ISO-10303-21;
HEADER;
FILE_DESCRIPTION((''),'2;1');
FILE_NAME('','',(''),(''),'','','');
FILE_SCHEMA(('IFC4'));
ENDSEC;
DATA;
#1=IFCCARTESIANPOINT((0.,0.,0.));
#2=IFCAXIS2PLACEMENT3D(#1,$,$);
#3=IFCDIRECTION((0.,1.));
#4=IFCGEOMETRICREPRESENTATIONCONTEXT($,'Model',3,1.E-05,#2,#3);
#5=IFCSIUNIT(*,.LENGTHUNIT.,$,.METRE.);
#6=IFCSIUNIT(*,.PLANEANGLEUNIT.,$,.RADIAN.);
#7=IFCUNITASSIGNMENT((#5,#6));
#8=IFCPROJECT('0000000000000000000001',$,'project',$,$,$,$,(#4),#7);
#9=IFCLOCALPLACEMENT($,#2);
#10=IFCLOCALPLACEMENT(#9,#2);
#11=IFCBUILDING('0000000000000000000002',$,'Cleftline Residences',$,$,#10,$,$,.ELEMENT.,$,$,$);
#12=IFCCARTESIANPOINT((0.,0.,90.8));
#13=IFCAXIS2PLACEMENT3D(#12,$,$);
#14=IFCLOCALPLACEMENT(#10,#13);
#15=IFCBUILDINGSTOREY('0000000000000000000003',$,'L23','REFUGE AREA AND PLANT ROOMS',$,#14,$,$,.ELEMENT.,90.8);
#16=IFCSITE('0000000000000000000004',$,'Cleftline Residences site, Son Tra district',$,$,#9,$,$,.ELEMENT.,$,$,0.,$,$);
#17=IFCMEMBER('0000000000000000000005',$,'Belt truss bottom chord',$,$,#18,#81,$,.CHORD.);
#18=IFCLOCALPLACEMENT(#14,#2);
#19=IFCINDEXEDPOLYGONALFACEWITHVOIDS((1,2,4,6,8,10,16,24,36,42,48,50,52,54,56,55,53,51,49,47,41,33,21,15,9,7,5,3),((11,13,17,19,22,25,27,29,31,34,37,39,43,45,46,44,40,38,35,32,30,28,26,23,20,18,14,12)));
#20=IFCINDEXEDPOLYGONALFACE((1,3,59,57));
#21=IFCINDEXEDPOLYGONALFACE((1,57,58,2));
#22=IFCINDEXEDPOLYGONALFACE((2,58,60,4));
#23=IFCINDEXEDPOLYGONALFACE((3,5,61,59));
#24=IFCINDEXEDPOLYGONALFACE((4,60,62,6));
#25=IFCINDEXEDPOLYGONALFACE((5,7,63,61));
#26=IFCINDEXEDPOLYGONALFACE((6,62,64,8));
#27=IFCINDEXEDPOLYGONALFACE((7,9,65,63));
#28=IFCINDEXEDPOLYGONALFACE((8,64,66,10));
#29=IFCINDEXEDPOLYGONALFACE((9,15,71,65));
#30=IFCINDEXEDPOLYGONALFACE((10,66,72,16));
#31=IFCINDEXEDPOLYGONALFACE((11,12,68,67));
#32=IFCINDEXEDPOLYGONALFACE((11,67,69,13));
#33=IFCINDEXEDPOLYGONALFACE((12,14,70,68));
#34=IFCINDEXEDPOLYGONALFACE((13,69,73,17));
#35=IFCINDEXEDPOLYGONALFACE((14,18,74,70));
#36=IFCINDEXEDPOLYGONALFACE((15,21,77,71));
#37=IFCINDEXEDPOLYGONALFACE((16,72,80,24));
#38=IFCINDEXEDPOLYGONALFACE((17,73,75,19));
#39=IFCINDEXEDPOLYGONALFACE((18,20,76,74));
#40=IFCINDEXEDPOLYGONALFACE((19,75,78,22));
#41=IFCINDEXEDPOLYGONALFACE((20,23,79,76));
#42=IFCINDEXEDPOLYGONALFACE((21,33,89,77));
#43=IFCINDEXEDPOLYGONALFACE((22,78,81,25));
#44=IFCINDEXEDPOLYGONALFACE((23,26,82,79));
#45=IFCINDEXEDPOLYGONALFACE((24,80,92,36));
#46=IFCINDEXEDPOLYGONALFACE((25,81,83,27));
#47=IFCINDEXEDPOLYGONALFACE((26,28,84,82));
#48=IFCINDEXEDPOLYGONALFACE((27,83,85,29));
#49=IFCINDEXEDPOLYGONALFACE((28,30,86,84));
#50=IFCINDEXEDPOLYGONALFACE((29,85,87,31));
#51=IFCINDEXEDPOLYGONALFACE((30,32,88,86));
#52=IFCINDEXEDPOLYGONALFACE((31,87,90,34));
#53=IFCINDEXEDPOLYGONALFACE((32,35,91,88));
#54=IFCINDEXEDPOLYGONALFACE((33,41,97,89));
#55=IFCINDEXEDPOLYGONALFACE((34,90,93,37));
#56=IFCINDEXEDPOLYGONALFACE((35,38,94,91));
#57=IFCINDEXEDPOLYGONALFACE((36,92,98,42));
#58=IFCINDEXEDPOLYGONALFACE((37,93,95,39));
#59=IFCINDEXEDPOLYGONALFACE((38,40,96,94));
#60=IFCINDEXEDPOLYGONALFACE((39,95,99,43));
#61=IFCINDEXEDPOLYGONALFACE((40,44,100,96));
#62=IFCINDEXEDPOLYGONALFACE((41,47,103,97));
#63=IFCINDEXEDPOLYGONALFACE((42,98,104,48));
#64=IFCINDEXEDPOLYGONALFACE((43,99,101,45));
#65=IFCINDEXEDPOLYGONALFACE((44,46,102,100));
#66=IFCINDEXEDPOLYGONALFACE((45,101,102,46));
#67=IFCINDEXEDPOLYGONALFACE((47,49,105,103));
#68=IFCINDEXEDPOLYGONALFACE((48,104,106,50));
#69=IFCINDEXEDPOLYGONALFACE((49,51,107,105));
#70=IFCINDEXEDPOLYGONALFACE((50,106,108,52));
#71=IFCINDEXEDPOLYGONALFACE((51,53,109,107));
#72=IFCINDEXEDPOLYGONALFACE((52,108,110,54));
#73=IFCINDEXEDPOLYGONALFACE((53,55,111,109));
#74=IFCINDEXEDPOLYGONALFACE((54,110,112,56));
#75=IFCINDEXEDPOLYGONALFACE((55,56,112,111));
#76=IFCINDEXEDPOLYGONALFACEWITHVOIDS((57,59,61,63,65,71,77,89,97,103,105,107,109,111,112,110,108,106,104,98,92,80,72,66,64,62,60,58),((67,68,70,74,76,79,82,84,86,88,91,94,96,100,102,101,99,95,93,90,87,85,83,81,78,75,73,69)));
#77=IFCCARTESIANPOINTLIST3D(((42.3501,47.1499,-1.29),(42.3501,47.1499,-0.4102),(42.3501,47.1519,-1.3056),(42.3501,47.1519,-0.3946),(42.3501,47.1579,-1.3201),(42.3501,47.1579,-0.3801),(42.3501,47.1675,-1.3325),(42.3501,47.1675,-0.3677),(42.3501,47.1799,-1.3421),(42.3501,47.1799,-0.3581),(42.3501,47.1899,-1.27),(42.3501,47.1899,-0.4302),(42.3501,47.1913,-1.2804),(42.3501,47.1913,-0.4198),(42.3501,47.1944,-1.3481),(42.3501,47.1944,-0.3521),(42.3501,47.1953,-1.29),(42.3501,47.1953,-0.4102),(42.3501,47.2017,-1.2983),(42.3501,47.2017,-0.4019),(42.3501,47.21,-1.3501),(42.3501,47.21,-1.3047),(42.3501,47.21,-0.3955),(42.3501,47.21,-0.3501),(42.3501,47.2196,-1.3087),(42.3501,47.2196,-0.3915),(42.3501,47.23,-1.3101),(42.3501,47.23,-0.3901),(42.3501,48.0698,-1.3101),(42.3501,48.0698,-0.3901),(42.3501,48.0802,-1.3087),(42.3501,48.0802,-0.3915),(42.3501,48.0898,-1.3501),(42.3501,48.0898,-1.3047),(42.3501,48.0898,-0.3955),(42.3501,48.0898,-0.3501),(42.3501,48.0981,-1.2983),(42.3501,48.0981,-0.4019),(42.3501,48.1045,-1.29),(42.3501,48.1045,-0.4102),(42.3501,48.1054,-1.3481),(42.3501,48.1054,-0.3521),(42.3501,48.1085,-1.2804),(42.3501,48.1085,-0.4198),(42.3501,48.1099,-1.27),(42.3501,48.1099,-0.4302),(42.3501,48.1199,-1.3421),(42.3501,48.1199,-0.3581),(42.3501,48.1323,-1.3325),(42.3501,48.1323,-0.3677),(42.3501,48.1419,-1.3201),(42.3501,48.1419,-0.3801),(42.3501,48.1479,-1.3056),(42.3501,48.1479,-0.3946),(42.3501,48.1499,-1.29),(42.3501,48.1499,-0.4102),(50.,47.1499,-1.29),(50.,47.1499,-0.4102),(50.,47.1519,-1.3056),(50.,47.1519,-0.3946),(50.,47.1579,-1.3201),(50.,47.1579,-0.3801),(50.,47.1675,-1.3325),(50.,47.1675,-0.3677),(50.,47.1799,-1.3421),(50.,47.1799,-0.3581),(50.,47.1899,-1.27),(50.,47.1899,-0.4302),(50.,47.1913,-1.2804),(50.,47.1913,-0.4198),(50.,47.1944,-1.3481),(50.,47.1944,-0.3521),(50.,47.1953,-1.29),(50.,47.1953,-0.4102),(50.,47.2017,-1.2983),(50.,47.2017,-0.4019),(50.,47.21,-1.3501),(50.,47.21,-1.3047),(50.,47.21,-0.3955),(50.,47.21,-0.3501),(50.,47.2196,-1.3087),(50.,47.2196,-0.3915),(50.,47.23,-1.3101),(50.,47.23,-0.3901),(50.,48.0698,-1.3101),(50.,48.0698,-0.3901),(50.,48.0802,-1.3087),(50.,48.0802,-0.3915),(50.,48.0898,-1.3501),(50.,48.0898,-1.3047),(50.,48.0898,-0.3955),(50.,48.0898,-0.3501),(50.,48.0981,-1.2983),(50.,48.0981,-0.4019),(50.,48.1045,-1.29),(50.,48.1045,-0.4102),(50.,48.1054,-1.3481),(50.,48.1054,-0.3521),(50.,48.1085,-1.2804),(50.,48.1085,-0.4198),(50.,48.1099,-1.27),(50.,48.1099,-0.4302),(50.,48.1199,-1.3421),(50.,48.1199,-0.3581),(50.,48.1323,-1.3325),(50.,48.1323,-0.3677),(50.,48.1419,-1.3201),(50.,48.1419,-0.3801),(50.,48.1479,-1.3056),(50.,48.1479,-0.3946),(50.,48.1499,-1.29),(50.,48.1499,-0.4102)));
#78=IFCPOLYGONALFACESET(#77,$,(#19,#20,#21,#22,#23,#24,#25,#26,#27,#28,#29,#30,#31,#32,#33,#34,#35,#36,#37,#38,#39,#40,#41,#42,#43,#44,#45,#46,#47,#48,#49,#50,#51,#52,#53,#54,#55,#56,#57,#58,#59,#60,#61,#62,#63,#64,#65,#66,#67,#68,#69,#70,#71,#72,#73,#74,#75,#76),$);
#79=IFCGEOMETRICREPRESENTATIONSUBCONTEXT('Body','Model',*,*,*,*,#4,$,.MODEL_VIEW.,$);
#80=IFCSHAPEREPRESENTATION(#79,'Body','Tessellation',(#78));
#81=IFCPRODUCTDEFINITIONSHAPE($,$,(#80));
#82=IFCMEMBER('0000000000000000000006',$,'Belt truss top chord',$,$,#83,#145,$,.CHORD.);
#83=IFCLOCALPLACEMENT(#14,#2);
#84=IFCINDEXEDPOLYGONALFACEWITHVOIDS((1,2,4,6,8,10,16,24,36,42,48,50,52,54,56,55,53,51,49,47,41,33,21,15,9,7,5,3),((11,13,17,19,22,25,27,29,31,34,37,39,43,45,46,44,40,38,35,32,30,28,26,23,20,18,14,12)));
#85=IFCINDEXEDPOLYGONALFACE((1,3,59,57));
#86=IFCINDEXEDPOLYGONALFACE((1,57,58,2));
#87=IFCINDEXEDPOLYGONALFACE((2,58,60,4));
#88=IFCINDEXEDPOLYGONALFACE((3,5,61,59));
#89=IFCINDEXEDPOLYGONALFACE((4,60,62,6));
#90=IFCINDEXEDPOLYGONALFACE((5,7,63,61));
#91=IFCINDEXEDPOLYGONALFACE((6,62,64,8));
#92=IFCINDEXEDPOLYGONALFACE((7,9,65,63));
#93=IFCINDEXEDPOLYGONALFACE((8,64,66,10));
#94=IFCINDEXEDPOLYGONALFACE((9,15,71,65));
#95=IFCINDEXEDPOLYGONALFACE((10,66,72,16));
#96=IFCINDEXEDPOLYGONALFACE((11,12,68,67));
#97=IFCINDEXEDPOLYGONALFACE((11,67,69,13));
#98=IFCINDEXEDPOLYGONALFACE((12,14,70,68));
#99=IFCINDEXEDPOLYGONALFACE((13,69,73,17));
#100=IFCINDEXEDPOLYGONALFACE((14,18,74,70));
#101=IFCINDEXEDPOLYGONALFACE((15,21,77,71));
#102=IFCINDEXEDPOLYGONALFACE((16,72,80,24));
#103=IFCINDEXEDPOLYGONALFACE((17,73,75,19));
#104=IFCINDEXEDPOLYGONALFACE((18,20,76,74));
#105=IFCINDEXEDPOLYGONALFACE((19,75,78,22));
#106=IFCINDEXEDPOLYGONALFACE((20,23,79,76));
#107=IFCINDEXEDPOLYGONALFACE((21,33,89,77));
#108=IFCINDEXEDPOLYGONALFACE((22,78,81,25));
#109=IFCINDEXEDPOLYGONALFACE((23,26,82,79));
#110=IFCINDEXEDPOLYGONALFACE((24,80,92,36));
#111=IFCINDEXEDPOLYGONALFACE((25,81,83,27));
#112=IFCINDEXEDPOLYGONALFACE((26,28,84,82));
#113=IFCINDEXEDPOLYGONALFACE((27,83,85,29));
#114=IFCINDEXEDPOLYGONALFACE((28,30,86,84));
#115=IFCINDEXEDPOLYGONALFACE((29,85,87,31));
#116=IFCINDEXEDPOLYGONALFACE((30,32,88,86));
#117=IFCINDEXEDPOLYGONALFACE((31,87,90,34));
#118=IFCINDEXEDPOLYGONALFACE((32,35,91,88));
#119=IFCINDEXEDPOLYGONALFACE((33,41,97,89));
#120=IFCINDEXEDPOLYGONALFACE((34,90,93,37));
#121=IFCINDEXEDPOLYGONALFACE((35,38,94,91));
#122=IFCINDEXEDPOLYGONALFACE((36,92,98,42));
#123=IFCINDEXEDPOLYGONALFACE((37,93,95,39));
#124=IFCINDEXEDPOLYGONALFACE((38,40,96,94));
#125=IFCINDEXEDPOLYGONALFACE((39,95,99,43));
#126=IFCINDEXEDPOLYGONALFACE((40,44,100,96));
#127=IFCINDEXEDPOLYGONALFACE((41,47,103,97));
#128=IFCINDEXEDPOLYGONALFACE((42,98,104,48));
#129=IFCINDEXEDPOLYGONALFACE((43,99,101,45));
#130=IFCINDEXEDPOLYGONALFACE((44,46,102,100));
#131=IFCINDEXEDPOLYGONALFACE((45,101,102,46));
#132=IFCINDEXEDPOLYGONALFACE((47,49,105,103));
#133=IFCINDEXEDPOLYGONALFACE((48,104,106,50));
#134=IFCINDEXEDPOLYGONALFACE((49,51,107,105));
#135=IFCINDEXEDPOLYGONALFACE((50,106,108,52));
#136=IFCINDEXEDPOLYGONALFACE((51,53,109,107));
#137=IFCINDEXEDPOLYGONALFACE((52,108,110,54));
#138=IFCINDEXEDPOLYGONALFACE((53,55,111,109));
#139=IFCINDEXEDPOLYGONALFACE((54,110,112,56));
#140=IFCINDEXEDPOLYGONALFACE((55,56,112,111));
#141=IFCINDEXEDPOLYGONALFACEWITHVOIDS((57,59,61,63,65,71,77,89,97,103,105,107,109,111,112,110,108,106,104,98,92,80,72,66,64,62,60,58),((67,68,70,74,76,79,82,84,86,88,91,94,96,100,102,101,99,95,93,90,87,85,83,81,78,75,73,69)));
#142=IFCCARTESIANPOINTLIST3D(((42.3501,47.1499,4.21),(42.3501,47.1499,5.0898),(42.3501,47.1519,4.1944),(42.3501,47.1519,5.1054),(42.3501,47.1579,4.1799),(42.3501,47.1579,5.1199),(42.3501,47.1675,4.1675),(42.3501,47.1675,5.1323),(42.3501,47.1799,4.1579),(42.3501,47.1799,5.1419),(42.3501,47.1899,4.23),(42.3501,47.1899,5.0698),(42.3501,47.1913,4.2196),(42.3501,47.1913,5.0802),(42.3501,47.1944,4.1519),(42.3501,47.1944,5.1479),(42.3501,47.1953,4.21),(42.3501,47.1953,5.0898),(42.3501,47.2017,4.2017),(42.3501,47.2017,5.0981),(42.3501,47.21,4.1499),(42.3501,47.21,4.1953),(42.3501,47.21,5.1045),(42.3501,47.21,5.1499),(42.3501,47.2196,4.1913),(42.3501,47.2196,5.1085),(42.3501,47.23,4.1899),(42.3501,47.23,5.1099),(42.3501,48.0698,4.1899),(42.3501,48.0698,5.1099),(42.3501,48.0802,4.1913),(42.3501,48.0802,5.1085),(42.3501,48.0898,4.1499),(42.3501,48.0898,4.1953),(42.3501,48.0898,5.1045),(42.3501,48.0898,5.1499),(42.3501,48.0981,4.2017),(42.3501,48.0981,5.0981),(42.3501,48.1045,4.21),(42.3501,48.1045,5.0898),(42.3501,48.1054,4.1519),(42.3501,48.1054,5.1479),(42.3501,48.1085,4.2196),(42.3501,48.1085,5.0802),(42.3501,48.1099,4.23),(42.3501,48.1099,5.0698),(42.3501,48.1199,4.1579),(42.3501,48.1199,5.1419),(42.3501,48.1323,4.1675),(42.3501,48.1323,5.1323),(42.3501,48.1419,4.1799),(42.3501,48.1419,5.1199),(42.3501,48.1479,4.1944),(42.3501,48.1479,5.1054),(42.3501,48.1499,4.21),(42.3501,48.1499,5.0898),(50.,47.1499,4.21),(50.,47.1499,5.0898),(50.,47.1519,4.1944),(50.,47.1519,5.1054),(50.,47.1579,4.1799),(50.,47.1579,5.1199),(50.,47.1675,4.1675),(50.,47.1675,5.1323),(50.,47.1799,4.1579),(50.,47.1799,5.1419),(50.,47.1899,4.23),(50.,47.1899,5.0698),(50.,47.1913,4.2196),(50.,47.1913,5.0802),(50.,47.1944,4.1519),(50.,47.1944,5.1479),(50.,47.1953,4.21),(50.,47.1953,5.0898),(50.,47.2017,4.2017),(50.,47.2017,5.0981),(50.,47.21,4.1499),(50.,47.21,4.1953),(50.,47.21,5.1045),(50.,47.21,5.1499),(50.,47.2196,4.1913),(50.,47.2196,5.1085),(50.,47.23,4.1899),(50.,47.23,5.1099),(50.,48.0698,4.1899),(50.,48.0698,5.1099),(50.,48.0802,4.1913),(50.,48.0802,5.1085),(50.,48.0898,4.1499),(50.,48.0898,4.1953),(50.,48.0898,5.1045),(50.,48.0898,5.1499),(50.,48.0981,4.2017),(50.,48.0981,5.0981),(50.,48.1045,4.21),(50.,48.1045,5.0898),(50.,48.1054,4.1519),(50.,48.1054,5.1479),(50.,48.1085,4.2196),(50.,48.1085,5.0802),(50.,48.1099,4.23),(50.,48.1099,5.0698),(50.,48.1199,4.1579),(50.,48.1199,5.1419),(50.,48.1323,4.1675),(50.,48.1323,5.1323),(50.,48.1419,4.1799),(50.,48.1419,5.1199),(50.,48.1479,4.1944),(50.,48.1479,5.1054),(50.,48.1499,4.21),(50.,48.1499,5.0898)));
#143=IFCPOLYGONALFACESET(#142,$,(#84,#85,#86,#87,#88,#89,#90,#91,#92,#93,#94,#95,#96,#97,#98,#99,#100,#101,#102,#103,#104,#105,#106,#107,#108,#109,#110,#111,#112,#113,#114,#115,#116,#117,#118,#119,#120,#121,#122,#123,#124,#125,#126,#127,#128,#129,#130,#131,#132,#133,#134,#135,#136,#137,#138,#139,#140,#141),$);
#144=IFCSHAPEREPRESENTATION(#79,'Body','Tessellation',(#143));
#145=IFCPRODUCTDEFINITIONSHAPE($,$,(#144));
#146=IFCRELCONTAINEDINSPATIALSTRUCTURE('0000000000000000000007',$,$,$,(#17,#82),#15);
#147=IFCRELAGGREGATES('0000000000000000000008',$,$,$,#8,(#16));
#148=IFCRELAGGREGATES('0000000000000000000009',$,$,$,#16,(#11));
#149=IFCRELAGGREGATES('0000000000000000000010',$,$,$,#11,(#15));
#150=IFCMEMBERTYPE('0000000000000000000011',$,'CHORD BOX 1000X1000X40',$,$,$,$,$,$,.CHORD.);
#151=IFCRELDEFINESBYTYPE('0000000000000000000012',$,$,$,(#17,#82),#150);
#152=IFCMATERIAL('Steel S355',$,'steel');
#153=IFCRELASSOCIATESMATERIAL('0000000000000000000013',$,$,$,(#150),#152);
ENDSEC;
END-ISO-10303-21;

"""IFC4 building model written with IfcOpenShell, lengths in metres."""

from ifc_helpers import new_model, si_unit, direction, frame, origin, origin_2d, place, context, subcontext, project, spatial, hollow_rectangle, extrude, material, material_profile, profile_set, type_object, element, save


model = new_model("IFC4")

# Units and contexts
model_context = context("Model", 3, precision=1e-05, world=origin(), true_north=direction((0.0, 1.0)))
body_context = subcontext(model_context, "Body", "Model", "MODEL_VIEW")
ifc_project = project(units=[si_unit("LENGTHUNIT", "METRE"), si_unit("PLANEANGLEUNIT", "RADIAN")], contexts=[model_context])

# Site, building, storey
site_placement = place(None, origin())
site = spatial("IfcSite", under=ifc_project, at=site_placement, Name="Cleftline Residences site, Son Tra district", CompositionType="ELEMENT", RefElevation=0.0)
building_placement = place(site_placement, origin())
building = spatial("IfcBuilding", under=site, at=building_placement, Name="Cleftline Residences", CompositionType="ELEMENT")
storey_placement = place(building_placement, frame((0.0, 0.0, 90.8)))
storey = spatial("IfcBuildingStorey", under=building, at=storey_placement, Name="L23", Description="REFUGE AREA AND PLANT ROOMS", CompositionType="ELEMENT", Elevation=90.8)

# Members
ifc_material_1 = material(Name="Steel S355", Category="steel")
ifc_material_profile_1 = material_profile(ifc_material_1, hollow_rectangle(XDim=1.0, YDim=1.0, WallThickness=0.04, InnerFilletRadius=0.04, OuterFilletRadius=0.0601, at=origin_2d()))
ifc_profile_set_1 = profile_set([ifc_material_profile_1], Name="Steel S355")
member_type_1 = type_object("IfcMemberType", Name="CHORD BOX 1000X1000X40", PredefinedType="CHORD", material=ifc_profile_set_1)
for number, where, z_axis, x_axis, name in (
    (1, (42.3501, 47.6499, -0.8501), (1.0, 0.0, 0.0), (0.0, 1.0, 0.0), "Belt truss bottom chord"),
    (2, (42.3501, 47.6499, 4.6499), (1.0, 0.0, 0.0), (0.0, 1.0, 0.0), "Belt truss top chord"),
):
    element("IfcMember", number, at=place(storey_placement, frame(where, z_axis=z_axis, x_axis=x_axis)), inside=storey, type_object=member_type_1, Name=name, PredefinedType="CHORD", context=body_context, shape_type="SweptSolid", body=[
        extrude(hollow_rectangle(XDim=1.0, YDim=1.0, WallThickness=0.04, InnerFilletRadius=0.04, OuterFilletRadius=0.0601, at=origin_2d()), origin(), (0.0, 0.0, 1.0), 7.6499),
    ])

save(model, "model.ifc")
